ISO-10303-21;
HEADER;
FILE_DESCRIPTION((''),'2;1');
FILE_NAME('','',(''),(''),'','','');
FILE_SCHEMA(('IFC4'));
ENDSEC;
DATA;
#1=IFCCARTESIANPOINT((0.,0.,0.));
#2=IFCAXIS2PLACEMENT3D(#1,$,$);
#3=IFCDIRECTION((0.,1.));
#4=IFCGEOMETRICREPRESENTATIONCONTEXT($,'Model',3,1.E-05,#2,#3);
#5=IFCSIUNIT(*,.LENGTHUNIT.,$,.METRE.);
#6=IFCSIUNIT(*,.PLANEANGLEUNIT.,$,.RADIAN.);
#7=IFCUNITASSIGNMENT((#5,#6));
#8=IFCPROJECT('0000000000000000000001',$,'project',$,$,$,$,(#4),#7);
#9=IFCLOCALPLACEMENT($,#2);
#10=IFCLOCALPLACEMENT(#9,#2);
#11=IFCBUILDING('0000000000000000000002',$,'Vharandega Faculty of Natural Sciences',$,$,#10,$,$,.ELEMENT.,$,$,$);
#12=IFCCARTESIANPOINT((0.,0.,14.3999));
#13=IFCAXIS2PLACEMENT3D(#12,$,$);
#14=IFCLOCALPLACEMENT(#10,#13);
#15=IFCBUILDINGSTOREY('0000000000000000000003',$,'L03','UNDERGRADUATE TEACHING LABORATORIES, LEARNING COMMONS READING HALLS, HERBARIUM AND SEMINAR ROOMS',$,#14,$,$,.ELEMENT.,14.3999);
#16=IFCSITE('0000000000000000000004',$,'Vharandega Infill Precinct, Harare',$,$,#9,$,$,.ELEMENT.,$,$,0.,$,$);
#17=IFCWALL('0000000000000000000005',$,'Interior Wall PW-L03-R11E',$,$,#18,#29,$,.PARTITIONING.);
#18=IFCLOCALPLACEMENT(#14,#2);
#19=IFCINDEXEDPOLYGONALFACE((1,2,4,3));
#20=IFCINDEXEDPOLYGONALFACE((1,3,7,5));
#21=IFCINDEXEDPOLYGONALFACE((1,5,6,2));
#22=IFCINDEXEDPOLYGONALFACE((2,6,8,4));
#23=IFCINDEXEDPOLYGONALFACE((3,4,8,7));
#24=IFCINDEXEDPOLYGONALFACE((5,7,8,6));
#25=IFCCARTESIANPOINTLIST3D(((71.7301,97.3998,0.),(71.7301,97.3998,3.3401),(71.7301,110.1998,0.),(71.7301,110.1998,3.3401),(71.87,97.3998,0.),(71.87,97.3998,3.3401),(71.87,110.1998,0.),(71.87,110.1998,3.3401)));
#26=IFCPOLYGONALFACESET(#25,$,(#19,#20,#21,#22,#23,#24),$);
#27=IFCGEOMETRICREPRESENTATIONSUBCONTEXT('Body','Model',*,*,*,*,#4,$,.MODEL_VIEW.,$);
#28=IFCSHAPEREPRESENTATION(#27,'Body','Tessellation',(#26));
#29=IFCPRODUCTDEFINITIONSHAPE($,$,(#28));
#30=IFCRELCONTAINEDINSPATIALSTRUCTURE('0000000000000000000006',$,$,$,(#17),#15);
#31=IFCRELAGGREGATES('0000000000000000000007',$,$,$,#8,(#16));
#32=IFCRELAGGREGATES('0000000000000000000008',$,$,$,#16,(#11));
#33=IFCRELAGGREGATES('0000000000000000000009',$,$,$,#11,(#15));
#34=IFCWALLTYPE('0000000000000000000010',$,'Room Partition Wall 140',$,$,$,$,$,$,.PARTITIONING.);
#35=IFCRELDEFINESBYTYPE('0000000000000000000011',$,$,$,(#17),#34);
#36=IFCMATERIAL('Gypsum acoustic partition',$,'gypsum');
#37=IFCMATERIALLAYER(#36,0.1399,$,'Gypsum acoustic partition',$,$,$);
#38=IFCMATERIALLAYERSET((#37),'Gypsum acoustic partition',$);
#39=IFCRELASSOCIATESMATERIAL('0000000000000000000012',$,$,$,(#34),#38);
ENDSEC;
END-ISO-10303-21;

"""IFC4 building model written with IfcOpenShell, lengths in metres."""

from ifc_helpers import new_model, si_unit, direction, frame, frame_2d, origin, place, context, subcontext, project, spatial, rectangle, extrude, material, layer, layer_set, type_object, element, save


model = new_model("IFC4")

# Units and contexts
model_context = context("Model", 3, precision=1e-05, world=origin(), true_north=direction((0.0, 1.0)))
body_context = subcontext(model_context, "Body", "Model", "MODEL_VIEW")
ifc_project = project(units=[si_unit("LENGTHUNIT", "METRE"), si_unit("PLANEANGLEUNIT", "RADIAN")], contexts=[model_context])

# Site, building, storey
site_placement = place(None, origin())
site = spatial("IfcSite", under=ifc_project, at=site_placement, Name="Vharandega Infill Precinct, Harare", CompositionType="ELEMENT", RefElevation=0.0)
building_placement = place(site_placement, origin())
building = spatial("IfcBuilding", under=site, at=building_placement, Name="Vharandega Faculty of Natural Sciences", CompositionType="ELEMENT")
storey_placement = place(building_placement, frame((0.0, 0.0, 14.3999)))
storey = spatial("IfcBuildingStorey", under=building, at=storey_placement, Name="L03", Description="UNDERGRADUATE TEACHING LABORATORIES, LEARNING COMMONS READING HALLS, HERBARIUM AND SEMINAR ROOMS", CompositionType="ELEMENT", Elevation=14.3999)

# Wall
ifc_material_1 = material(Name="Gypsum acoustic partition", Category="gypsum")
ifc_layer_1 = layer(ifc_material_1, 0.1399, Name="Gypsum acoustic partition")
ifc_layer_set_1 = layer_set([ifc_layer_1], Name="Gypsum acoustic partition")
wall_type_1 = type_object("IfcWallType", Name="Room Partition Wall 140", PredefinedType="PARTITIONING", material=ifc_layer_set_1)
wall_1_placement = place(storey_placement, frame((71.8, 97.3999, 0.0), z_axis=(0.0, 0.0, 1.0), x_axis=(0.0, 1.0, 0.0)))
element("IfcWall", 1, at=wall_1_placement, inside=storey, type_object=wall_type_1, Name="Interior Wall PW-L03-R11E", PredefinedType="PARTITIONING", context=body_context, shape_type="SweptSolid", body=[
    extrude(rectangle(XDim=12.8, YDim=0.1399, at=frame_2d((6.3999, 0.0))), origin(), (0.0, 0.0, 1.0), 3.3401),
])

save(model, "model.ifc")
